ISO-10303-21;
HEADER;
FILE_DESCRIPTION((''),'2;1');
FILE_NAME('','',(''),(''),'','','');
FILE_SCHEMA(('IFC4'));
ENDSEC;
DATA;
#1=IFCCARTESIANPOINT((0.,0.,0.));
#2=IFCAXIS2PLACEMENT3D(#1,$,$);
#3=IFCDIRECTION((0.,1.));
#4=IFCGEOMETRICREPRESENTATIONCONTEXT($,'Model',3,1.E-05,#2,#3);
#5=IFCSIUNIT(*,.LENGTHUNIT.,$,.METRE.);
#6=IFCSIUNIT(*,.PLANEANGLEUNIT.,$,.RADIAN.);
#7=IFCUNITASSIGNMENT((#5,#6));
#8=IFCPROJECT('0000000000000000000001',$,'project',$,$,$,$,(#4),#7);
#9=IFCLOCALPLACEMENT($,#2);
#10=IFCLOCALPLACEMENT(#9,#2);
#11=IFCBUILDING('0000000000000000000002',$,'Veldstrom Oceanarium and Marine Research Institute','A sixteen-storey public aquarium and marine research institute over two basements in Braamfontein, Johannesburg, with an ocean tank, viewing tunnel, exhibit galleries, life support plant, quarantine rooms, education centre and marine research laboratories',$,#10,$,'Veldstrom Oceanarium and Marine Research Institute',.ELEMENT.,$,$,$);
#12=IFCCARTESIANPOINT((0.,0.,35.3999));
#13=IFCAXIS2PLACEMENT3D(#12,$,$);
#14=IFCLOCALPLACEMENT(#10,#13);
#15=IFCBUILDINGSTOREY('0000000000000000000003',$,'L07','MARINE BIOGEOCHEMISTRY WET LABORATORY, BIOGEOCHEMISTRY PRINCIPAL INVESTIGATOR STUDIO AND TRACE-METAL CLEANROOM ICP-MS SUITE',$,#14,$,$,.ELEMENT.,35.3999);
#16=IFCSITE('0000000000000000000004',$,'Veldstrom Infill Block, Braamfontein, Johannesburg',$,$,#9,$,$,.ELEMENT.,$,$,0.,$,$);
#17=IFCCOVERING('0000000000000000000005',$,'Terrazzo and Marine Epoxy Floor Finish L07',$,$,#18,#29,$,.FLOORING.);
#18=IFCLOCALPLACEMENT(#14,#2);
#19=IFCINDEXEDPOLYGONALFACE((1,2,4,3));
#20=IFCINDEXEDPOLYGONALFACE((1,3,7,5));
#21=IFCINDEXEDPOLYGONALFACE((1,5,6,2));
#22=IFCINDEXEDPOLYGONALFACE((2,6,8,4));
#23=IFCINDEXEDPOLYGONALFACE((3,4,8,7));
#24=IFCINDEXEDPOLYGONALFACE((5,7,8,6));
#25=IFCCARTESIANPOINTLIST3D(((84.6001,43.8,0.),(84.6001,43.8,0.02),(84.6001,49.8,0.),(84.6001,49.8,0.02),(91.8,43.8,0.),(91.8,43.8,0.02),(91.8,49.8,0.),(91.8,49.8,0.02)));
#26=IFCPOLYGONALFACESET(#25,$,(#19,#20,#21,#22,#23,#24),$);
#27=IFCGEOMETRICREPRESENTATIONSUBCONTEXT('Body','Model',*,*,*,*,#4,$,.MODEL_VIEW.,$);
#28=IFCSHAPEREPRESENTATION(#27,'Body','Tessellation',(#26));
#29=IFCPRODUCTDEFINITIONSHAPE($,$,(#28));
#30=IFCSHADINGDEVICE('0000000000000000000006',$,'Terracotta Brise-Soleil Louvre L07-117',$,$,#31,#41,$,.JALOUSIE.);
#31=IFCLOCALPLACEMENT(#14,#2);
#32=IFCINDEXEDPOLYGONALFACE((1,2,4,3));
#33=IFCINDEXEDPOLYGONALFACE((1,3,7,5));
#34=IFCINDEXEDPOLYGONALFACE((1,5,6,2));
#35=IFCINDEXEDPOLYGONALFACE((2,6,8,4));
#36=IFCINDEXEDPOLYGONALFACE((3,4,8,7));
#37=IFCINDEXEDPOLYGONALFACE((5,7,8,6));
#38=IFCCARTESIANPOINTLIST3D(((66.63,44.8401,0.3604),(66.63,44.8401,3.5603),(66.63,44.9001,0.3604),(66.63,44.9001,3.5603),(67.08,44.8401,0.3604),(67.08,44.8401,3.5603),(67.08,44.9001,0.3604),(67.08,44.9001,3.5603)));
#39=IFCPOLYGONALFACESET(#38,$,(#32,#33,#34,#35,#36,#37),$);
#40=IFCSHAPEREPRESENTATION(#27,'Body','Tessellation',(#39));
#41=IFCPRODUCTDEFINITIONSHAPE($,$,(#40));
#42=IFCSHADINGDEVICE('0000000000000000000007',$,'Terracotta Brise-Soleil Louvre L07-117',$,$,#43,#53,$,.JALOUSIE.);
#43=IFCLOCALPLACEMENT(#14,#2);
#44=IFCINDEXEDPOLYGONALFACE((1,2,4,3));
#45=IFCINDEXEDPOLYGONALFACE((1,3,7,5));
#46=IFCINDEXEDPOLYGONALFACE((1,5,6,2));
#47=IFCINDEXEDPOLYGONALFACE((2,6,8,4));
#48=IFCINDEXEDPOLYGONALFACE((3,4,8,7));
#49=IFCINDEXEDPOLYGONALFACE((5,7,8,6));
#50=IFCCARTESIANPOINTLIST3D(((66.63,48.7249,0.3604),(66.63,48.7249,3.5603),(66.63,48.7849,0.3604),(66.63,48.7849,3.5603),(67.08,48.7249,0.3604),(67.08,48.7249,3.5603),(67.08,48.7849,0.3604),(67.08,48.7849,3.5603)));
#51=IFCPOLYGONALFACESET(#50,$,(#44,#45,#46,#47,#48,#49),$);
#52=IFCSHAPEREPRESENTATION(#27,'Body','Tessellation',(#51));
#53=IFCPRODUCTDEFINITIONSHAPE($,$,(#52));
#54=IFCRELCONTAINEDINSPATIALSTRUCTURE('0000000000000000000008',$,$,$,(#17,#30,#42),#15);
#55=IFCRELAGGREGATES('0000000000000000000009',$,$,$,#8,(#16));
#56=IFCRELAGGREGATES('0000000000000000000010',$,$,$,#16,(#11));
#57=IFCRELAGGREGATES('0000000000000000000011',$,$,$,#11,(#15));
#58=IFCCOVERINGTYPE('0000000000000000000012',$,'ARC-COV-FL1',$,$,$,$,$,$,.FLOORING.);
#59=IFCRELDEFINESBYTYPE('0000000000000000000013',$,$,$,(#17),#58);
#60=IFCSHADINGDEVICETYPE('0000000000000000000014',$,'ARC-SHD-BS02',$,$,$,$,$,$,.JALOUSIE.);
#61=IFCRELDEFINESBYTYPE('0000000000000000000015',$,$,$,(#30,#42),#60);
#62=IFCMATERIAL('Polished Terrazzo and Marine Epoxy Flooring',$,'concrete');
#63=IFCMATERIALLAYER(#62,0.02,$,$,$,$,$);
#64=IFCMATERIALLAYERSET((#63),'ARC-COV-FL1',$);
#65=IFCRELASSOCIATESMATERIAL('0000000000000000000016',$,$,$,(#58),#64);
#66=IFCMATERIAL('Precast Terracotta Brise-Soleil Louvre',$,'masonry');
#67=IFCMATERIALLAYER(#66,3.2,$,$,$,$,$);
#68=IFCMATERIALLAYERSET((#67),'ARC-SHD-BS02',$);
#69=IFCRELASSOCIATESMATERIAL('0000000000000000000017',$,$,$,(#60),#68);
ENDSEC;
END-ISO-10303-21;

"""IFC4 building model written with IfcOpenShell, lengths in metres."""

from ifc_helpers import new_model, si_unit, direction, frame, origin, origin_2d, place, context, subcontext, project, spatial, polyline, rectangle, outline, extrude, material, layer, layer_set, type_object, element, save


model = new_model("IFC4")

# Units and contexts
model_context = context("Model", 3, precision=1e-05, world=origin(), true_north=direction((0.0, 1.0)))
body_context = subcontext(model_context, "Body", "Model", "MODEL_VIEW")
ifc_project = project(units=[si_unit("LENGTHUNIT", "METRE"), si_unit("PLANEANGLEUNIT", "RADIAN")], contexts=[model_context])

# Site, building, storey
site_placement = place(None, origin())
site = spatial("IfcSite", under=ifc_project, at=site_placement, Name="Veldstrom Infill Block, Braamfontein, Johannesburg", CompositionType="ELEMENT", RefElevation=0.0)
building_placement = place(site_placement, origin())
building = spatial("IfcBuilding", under=site, at=building_placement, Name="Veldstrom Oceanarium and Marine Research Institute", Description="A sixteen-storey public aquarium and marine research institute over two basements in Braamfontein, Johannesburg, with an ocean tank, viewing tunnel, exhibit galleries, life support plant, quarantine rooms, education centre and marine research laboratories", LongName="Veldstrom Oceanarium and Marine Research Institute", CompositionType="ELEMENT")
storey_placement = place(building_placement, frame((0.0, 0.0, 35.3999)))
storey = spatial("IfcBuildingStorey", under=building, at=storey_placement, Name="L07", Description="MARINE BIOGEOCHEMISTRY WET LABORATORY, BIOGEOCHEMISTRY PRINCIPAL INVESTIGATOR STUDIO AND TRACE-METAL CLEANROOM ICP-MS SUITE", CompositionType="ELEMENT", Elevation=35.3999)

# Covering
ifc_material_1 = material(Name="Polished Terrazzo and Marine Epoxy Flooring", Category="concrete")
ifc_layer_1 = layer(ifc_material_1, 0.02)
ifc_layer_set_1 = layer_set([ifc_layer_1], Name="ARC-COV-FL1")
covering_type_1 = type_object("IfcCoveringType", Name="ARC-COV-FL1", PredefinedType="FLOORING", material=ifc_layer_set_1)
covering_1_placement = place(storey_placement, origin())
element("IfcCovering", 1, at=covering_1_placement, inside=storey, type_object=covering_type_1, Name="Terrazzo and Marine Epoxy Floor Finish L07", PredefinedType="FLOORING", context=body_context, shape_type="SweptSolid", body=[
    extrude(outline(polyline([(84.6001, 43.8), (91.8, 43.8), (91.8, 49.8), (84.6001, 49.8), (84.6001, 43.8)])), origin(), (0.0, 0.0, 1.0), 0.02),
])

# Shading devices
ifc_material_2 = material(Name="Precast Terracotta Brise-Soleil Louvre", Category="masonry")
ifc_layer_2 = layer(ifc_material_2, 3.2)
ifc_layer_set_2 = layer_set([ifc_layer_2], Name="ARC-SHD-BS02")
shading_device_type = type_object("IfcShadingDeviceType", Name="ARC-SHD-BS02", PredefinedType="JALOUSIE", material=ifc_layer_set_2)
for number, where, z_axis, x_axis, name in (
    (2, (66.855, 44.8701, 0.3604), (0.0, 0.0, 1.0), (1.0, 0.0, 0.0), "Terracotta Brise-Soleil Louvre L07-117"),
    (3, (66.855, 48.7549, 0.3604), (0.0, 0.0, 1.0), (1.0, 0.0, 0.0), "Terracotta Brise-Soleil Louvre L07-117"),
):
    element("IfcShadingDevice", number, at=place(storey_placement, frame(where, z_axis=z_axis, x_axis=x_axis)), inside=storey, type_object=shading_device_type, Name=name, PredefinedType="JALOUSIE", context=body_context, shape_type="SweptSolid", body=[
        extrude(rectangle(XDim=0.45, YDim=0.0601, at=origin_2d()), origin(), (0.0, 0.0, 1.0), 3.2),
    ])

save(model, "model.ifc")
